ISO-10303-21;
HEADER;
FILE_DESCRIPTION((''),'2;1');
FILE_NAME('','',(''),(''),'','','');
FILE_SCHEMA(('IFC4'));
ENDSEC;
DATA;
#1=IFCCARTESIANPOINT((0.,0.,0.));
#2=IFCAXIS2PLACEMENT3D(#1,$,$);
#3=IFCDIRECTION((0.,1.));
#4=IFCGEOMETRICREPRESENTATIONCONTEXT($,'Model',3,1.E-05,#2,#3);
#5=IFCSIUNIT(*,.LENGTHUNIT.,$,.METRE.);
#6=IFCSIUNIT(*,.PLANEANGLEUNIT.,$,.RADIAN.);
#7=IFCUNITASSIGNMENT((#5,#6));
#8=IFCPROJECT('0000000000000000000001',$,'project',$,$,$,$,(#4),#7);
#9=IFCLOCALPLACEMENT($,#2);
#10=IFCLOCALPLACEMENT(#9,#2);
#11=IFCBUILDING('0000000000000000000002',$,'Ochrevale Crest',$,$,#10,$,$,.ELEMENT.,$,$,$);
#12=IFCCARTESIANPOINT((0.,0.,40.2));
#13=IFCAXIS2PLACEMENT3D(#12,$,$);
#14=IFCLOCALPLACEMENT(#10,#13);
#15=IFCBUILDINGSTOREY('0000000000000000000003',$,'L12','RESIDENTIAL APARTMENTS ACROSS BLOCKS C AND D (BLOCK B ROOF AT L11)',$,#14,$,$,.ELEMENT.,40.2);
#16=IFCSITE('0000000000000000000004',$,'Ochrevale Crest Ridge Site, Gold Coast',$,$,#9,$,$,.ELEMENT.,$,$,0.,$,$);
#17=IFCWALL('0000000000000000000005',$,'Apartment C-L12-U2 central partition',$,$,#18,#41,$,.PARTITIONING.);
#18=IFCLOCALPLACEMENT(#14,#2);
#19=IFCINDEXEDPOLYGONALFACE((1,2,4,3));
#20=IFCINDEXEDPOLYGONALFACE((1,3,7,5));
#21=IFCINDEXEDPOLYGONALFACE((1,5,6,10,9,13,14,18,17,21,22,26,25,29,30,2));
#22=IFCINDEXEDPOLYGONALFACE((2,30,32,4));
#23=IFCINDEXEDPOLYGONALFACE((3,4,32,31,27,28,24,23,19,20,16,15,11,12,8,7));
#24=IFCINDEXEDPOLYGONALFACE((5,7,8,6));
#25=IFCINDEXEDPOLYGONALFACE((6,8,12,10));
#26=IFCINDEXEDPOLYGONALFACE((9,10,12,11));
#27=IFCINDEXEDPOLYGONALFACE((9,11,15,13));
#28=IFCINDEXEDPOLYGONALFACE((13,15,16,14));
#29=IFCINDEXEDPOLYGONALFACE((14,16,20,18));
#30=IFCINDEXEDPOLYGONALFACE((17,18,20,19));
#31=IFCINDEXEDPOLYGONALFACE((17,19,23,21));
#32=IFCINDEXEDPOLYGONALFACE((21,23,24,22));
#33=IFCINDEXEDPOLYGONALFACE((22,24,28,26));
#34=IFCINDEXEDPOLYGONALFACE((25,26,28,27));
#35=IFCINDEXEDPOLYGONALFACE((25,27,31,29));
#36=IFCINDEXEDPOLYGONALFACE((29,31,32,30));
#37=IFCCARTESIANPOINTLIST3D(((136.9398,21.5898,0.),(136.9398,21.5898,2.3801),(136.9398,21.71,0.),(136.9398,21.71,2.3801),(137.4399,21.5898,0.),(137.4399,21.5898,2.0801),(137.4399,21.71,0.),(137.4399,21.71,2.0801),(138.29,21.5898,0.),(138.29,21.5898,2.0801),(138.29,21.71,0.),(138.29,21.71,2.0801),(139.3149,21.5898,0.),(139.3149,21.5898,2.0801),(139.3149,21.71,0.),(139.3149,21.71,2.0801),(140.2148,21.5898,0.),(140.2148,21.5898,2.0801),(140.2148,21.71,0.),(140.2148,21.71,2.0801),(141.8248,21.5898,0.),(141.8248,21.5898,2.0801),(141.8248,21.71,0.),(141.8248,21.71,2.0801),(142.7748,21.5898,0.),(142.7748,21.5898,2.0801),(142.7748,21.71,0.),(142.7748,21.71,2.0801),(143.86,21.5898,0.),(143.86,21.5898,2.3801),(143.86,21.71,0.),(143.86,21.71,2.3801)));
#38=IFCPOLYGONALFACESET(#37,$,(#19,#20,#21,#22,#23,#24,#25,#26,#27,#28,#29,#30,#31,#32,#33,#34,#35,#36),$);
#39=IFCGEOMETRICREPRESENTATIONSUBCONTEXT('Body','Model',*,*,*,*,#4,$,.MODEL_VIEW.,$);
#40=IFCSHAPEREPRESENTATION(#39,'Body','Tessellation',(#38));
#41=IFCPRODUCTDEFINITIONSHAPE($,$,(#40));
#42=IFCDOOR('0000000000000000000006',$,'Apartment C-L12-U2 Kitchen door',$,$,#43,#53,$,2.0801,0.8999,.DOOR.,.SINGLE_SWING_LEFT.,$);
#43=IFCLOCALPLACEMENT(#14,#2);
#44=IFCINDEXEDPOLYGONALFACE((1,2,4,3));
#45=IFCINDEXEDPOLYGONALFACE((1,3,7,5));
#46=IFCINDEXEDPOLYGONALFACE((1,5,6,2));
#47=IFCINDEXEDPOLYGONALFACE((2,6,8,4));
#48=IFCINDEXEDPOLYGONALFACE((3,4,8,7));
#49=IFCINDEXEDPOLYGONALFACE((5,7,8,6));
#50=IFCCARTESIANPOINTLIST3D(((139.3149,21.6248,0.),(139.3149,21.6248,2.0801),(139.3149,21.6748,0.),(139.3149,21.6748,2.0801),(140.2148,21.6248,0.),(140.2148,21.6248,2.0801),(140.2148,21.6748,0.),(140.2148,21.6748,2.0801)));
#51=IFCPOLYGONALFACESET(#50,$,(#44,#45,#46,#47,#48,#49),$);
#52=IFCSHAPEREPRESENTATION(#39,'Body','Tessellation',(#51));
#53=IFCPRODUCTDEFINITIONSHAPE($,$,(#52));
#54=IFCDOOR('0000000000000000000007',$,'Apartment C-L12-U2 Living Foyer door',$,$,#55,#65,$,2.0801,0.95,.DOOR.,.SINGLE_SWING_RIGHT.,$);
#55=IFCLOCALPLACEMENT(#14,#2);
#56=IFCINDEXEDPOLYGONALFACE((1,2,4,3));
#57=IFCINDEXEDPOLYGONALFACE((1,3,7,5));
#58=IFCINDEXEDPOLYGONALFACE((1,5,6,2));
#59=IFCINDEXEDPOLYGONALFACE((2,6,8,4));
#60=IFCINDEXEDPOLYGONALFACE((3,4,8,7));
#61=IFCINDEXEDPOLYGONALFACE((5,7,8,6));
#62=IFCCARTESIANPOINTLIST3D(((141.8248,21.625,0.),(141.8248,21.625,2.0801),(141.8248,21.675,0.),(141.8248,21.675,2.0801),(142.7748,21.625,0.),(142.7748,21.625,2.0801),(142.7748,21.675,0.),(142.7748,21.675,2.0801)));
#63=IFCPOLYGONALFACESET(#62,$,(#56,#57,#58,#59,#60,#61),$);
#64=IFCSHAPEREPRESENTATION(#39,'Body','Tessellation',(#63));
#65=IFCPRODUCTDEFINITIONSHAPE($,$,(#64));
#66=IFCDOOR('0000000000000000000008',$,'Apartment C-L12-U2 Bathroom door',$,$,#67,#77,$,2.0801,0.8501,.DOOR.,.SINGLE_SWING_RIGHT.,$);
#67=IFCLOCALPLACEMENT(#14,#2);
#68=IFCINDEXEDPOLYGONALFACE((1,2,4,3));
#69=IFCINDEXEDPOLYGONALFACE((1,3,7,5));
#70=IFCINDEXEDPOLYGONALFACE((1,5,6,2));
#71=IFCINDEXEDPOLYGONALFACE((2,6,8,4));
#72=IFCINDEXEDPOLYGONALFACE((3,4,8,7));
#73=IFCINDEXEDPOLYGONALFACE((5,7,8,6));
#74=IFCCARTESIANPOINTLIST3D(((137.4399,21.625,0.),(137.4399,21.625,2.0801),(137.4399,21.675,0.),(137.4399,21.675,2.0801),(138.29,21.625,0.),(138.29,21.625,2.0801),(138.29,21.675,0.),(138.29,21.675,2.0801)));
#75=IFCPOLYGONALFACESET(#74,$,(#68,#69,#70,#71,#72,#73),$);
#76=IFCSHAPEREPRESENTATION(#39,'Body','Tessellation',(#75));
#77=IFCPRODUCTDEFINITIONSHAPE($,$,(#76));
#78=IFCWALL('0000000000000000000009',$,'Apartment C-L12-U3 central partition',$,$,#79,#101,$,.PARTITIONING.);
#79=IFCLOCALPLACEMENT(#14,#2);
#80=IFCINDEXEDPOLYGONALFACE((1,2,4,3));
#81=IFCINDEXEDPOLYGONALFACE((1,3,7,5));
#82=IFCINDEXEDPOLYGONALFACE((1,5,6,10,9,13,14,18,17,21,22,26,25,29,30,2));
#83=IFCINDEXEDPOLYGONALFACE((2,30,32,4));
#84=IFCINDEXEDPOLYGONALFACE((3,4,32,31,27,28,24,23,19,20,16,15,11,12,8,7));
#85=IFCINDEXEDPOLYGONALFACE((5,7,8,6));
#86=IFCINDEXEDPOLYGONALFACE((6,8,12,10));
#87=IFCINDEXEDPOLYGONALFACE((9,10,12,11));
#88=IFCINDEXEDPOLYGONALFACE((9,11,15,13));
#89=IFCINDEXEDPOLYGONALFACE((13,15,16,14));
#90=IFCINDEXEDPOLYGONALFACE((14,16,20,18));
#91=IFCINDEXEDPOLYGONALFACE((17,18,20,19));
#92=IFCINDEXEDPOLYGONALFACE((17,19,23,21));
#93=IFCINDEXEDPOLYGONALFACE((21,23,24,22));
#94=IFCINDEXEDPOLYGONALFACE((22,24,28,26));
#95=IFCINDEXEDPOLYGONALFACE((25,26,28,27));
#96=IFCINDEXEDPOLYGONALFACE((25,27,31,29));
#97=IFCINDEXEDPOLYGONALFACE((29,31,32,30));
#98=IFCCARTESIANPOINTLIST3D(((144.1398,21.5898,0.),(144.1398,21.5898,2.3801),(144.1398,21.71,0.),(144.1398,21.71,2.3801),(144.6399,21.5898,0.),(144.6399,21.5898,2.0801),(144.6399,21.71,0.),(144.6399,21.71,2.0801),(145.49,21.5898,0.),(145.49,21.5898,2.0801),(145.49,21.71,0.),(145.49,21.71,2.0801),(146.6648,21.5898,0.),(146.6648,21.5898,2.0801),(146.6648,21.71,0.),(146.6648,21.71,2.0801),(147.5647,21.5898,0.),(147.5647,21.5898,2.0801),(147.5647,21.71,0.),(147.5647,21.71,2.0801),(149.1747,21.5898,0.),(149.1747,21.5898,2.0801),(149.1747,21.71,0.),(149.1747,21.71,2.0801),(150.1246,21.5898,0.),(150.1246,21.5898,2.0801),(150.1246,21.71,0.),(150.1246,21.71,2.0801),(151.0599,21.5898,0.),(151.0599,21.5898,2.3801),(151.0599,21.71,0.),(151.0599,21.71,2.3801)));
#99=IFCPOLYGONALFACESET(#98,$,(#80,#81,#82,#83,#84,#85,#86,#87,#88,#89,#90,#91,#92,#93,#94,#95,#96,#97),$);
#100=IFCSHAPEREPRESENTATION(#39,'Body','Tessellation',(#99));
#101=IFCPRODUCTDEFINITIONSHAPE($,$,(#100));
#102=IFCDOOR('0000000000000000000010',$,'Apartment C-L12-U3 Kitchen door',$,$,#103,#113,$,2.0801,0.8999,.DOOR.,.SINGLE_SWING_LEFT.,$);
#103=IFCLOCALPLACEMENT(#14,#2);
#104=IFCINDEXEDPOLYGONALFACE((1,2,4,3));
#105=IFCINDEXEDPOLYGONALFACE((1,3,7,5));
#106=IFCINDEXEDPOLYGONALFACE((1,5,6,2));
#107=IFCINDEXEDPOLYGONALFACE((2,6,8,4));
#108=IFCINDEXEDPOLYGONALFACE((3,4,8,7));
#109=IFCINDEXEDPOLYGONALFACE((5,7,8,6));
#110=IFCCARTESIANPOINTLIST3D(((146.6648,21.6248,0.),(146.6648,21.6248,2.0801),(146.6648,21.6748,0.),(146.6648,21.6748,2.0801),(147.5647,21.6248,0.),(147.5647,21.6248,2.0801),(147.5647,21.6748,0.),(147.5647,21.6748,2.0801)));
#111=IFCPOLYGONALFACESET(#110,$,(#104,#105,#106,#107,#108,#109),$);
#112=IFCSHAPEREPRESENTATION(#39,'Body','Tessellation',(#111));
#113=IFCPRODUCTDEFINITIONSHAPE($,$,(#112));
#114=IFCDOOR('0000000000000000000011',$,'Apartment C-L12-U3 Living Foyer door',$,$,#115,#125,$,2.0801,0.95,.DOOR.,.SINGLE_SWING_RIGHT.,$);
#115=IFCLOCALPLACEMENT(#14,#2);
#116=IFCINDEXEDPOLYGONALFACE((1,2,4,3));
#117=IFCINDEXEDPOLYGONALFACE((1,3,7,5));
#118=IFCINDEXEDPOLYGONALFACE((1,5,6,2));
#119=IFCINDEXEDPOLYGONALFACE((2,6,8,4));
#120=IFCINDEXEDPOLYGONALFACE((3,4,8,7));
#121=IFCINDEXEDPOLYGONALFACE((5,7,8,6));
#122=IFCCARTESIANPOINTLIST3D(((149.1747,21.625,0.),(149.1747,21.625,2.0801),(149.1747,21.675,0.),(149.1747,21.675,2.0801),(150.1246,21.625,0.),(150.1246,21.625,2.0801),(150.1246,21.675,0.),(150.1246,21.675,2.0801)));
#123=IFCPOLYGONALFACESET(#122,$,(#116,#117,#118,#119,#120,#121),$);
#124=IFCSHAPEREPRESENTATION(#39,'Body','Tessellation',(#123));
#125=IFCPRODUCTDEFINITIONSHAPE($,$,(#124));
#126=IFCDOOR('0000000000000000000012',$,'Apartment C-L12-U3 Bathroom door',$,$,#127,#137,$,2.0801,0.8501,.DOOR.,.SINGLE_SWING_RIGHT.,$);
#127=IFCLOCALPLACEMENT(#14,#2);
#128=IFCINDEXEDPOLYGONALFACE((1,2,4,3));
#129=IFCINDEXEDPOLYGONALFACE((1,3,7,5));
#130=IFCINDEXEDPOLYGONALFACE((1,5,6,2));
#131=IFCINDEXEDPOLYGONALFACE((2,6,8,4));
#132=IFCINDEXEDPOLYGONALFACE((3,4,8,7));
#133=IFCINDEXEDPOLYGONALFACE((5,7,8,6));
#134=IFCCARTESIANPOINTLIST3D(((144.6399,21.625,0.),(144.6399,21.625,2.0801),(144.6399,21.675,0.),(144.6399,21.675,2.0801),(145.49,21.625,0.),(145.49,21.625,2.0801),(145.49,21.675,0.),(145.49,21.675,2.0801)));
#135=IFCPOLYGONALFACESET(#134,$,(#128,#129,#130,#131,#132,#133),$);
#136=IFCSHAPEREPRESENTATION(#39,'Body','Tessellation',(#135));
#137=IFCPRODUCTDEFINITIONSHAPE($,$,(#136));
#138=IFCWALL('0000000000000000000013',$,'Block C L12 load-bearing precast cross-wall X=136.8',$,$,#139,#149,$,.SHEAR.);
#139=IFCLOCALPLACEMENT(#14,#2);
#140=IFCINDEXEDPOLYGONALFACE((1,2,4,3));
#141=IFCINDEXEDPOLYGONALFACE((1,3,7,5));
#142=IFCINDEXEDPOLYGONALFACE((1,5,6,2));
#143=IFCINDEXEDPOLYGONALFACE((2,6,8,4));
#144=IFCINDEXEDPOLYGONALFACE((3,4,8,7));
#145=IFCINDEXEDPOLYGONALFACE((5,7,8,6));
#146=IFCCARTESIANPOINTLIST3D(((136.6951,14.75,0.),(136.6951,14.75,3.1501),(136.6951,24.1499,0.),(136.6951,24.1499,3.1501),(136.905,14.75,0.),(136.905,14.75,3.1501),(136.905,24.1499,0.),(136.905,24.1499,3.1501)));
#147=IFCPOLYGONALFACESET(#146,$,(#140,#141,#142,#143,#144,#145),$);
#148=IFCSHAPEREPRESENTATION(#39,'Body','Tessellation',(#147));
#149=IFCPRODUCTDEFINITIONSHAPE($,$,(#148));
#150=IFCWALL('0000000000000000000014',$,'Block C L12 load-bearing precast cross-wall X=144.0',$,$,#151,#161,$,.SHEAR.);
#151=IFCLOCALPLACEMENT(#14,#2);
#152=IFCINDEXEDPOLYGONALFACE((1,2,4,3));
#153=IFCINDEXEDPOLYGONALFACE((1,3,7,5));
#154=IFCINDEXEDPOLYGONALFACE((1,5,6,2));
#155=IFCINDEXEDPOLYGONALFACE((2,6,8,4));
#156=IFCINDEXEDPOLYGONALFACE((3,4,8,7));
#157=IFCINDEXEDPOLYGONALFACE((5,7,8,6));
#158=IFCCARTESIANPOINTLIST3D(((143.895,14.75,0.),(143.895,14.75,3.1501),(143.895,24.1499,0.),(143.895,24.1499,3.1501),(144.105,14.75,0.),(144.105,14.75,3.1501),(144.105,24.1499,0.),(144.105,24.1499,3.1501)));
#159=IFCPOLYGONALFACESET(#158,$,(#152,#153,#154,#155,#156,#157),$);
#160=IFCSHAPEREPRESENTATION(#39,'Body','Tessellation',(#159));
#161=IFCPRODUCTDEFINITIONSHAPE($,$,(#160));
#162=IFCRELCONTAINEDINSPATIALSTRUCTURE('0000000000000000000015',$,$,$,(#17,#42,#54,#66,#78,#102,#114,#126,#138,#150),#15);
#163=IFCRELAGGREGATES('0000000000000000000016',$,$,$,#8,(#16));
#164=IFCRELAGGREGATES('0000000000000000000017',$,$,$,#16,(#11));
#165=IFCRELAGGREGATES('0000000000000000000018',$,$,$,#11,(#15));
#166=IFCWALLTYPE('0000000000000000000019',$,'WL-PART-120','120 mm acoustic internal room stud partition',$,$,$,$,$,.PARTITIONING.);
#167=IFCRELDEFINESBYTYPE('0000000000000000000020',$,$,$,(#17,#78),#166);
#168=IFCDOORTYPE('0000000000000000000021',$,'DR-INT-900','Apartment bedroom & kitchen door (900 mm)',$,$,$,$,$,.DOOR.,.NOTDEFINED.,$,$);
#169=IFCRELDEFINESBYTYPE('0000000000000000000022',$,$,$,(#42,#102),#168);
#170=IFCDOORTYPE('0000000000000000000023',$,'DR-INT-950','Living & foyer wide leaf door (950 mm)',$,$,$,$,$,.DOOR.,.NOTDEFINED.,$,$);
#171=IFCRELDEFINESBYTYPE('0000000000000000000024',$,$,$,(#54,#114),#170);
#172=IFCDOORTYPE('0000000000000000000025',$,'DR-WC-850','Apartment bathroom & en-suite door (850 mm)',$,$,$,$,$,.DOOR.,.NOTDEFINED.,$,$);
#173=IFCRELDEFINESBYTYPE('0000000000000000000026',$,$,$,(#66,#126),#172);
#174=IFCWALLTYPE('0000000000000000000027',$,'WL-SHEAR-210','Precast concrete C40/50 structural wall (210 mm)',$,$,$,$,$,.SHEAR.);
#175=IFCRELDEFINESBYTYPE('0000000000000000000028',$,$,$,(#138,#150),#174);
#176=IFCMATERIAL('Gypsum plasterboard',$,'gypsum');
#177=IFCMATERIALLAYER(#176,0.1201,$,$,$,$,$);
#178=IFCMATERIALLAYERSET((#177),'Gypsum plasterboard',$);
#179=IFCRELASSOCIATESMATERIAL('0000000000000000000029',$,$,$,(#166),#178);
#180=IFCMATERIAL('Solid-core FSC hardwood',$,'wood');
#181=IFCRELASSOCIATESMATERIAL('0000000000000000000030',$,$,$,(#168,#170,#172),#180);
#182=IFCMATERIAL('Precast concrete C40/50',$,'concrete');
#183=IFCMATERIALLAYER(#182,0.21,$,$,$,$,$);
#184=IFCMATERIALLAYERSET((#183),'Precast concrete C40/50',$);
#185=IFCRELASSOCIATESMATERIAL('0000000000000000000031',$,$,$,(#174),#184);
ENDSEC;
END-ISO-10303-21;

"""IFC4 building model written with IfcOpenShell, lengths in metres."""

from ifc_helpers import new_model, si_unit, direction, frame, frame_2d, origin, place, context, subcontext, project, spatial, rectangle, extrude, material, layer, layer_set, type_object, element, fill, save


model = new_model("IFC4")

# Units and contexts
model_context = context("Model", 3, precision=1e-05, world=origin(), true_north=direction((0.0, 1.0)))
body_context = subcontext(model_context, "Body", "Model", "MODEL_VIEW")
ifc_project = project(units=[si_unit("LENGTHUNIT", "METRE"), si_unit("PLANEANGLEUNIT", "RADIAN")], contexts=[model_context])

# Site, building, storey
site_placement = place(None, origin())
site = spatial("IfcSite", under=ifc_project, at=site_placement, Name="Ochrevale Crest Ridge Site, Gold Coast", CompositionType="ELEMENT", RefElevation=0.0)
building_placement = place(site_placement, origin())
building = spatial("IfcBuilding", under=site, at=building_placement, Name="Ochrevale Crest", CompositionType="ELEMENT")
storey_placement = place(building_placement, frame((0.0, 0.0, 40.2)))
storey = spatial("IfcBuildingStorey", under=building, at=storey_placement, Name="L12", Description="RESIDENTIAL APARTMENTS ACROSS BLOCKS C AND D (BLOCK B ROOF AT L11)", CompositionType="ELEMENT", Elevation=40.2)

# Shared definitions
ifc_material_1 = material(Name="Precast concrete C40/50", Category="concrete")

# Shared definitions
ifc_material_2 = material(Name="Gypsum plasterboard", Category="gypsum")
ifc_material_3 = material(Name="Solid-core FSC hardwood", Category="wood")

# Shared definitions
ifc_layer_1 = layer(ifc_material_2, 0.1201)
ifc_layer_set_1 = layer_set([ifc_layer_1], Name="Gypsum plasterboard")
wall_type_1 = type_object("IfcWallType", Name="WL-PART-120", Description="120 mm acoustic internal room stud partition", PredefinedType="PARTITIONING", material=ifc_layer_set_1)

# Walls, openings, doors
wall_1_placement = place(storey_placement, frame((136.9399, 21.6499, 0.0), z_axis=(0.0, 0.0, 1.0), x_axis=(1.0, 0.0, 0.0)))
wall_1 = element("IfcWall", 1, at=wall_1_placement, inside=storey, type_object=wall_type_1, Name="Apartment C-L12-U2 central partition", PredefinedType="PARTITIONING", context=body_context, shape_type="SweptSolid", body=[
    extrude(rectangle(XDim=6.9202, YDim=0.1201, at=frame_2d((3.46, 0.0))), origin(), (0.0, 0.0, 1.0), 2.3801),
])
opening_1_placement = place(wall_1_placement, frame((1.3501, 0.0, 0.0), z_axis=(0.0, 0.0, 1.0), x_axis=(-1.0, 0.0, 0.0)))
opening_1 = element("IfcOpeningElement", 2, at=opening_1_placement, cuts=wall_1, PredefinedType="OPENING", context=body_context, shape_type="SweptSolid", body=[
    extrude(rectangle(XDim=0.8501, YDim=2.0801, at=frame_2d((0.425, 1.04))), frame((0.0, 0.0701, 0.0), z_axis=(0.0, -1.0, 0.0), x_axis=(1.0, 0.0, 0.0)), (0.0, 0.0, 1.0), 0.1401),
])
opening_2_placement = place(wall_1_placement, frame((2.375, 0.0, 0.0)))
opening_2 = element("IfcOpeningElement", 3, at=opening_2_placement, cuts=wall_1, PredefinedType="OPENING", context=body_context, shape_type="SweptSolid", body=[
    extrude(rectangle(XDim=0.8999, YDim=2.0801, at=frame_2d((0.45, 1.04))), frame((0.0, 0.0701, 0.0), z_axis=(0.0, -1.0, 0.0), x_axis=(1.0, 0.0, 0.0)), (0.0, 0.0, 1.0), 0.1401),
])
opening_3_placement = place(wall_1_placement, frame((5.835, 0.0, 0.0), z_axis=(0.0, 0.0, 1.0), x_axis=(-1.0, 0.0, 0.0)))
opening_3 = element("IfcOpeningElement", 4, at=opening_3_placement, cuts=wall_1, PredefinedType="OPENING", context=body_context, shape_type="SweptSolid", body=[
    extrude(rectangle(XDim=0.95, YDim=2.0801, at=frame_2d((0.4751, 1.04))), frame((0.0, 0.0701, 0.0), z_axis=(0.0, -1.0, 0.0), x_axis=(1.0, 0.0, 0.0)), (0.0, 0.0, 1.0), 0.1401),
])
door_type_1 = type_object("IfcDoorType", Name="DR-INT-900", Description="Apartment bedroom & kitchen door (900 mm)", OperationType="NOTDEFINED", PredefinedType="DOOR", material=ifc_material_3)
door_1_placement = place(opening_2_placement, origin())
door_1 = element("IfcDoor", 5, at=door_1_placement, inside=storey, type_object=door_type_1, Name="Apartment C-L12-U2 Kitchen door", OperationType="SINGLE_SWING_LEFT", OverallHeight=2.0801, OverallWidth=0.8999, PredefinedType="DOOR", context=body_context, shape_type="SweptSolid", body=[
    extrude(rectangle(XDim=0.8999, YDim=2.0801, at=frame_2d((0.45, 1.04))), frame((0.0, 0.0249, 0.0), z_axis=(0.0, -1.0, 0.0), x_axis=(1.0, 0.0, 0.0)), (0.0, 0.0, 1.0), 0.05),
])
fill(opening_2, door_1)
door_type_2 = type_object("IfcDoorType", Name="DR-INT-950", Description="Living & foyer wide leaf door (950 mm)", OperationType="NOTDEFINED", PredefinedType="DOOR", material=ifc_material_3)
door_2_placement = place(opening_3_placement, origin())
door_2 = element("IfcDoor", 6, at=door_2_placement, inside=storey, type_object=door_type_2, Name="Apartment C-L12-U2 Living Foyer door", OperationType="SINGLE_SWING_RIGHT", OverallHeight=2.0801, OverallWidth=0.95, PredefinedType="DOOR", context=body_context, shape_type="SweptSolid", body=[
    extrude(rectangle(XDim=0.95, YDim=2.0801, at=frame_2d((0.4751, 1.04))), frame((0.0, 0.0249, 0.0), z_axis=(0.0, -1.0, 0.0), x_axis=(1.0, 0.0, 0.0)), (0.0, 0.0, 1.0), 0.05),
])
fill(opening_3, door_2)
door_type_3 = type_object("IfcDoorType", Name="DR-WC-850", Description="Apartment bathroom & en-suite door (850 mm)", OperationType="NOTDEFINED", PredefinedType="DOOR", material=ifc_material_3)
door_3_placement = place(opening_1_placement, origin())
door_3 = element("IfcDoor", 7, at=door_3_placement, inside=storey, type_object=door_type_3, Name="Apartment C-L12-U2 Bathroom door", OperationType="SINGLE_SWING_RIGHT", OverallHeight=2.0801, OverallWidth=0.8501, PredefinedType="DOOR", context=body_context, shape_type="SweptSolid", body=[
    extrude(rectangle(XDim=0.8501, YDim=2.0801, at=frame_2d((0.425, 1.04))), frame((0.0, 0.0249, 0.0), z_axis=(0.0, -1.0, 0.0), x_axis=(1.0, 0.0, 0.0)), (0.0, 0.0, 1.0), 0.05),
])
fill(opening_1, door_3)
wall_2_placement = place(storey_placement, frame((144.1399, 21.6499, 0.0), z_axis=(0.0, 0.0, 1.0), x_axis=(1.0, 0.0, 0.0)))
wall_2 = element("IfcWall", 8, at=wall_2_placement, inside=storey, type_object=wall_type_1, Name="Apartment C-L12-U3 central partition", PredefinedType="PARTITIONING", context=body_context, shape_type="SweptSolid", body=[
    extrude(rectangle(XDim=6.9202, YDim=0.1201, at=frame_2d((3.46, 0.0))), origin(), (0.0, 0.0, 1.0), 2.3801),
])
opening_4_placement = place(wall_2_placement, frame((1.3501, 0.0, 0.0), z_axis=(0.0, 0.0, 1.0), x_axis=(-1.0, 0.0, 0.0)))
opening_4 = element("IfcOpeningElement", 9, at=opening_4_placement, cuts=wall_2, PredefinedType="OPENING", context=body_context, shape_type="SweptSolid", body=[
    extrude(rectangle(XDim=0.8501, YDim=2.0801, at=frame_2d((0.425, 1.04))), frame((0.0, 0.0701, 0.0), z_axis=(0.0, -1.0, 0.0), x_axis=(1.0, 0.0, 0.0)), (0.0, 0.0, 1.0), 0.1401),
])
opening_5_placement = place(wall_2_placement, frame((2.5249, 0.0, 0.0)))
opening_5 = element("IfcOpeningElement", 10, at=opening_5_placement, cuts=wall_2, PredefinedType="OPENING", context=body_context, shape_type="SweptSolid", body=[
    extrude(rectangle(XDim=0.8999, YDim=2.0801, at=frame_2d((0.45, 1.04))), frame((0.0, 0.0701, 0.0), z_axis=(0.0, -1.0, 0.0), x_axis=(1.0, 0.0, 0.0)), (0.0, 0.0, 1.0), 0.1401),
])
opening_6_placement = place(wall_2_placement, frame((5.9849, 0.0, 0.0), z_axis=(0.0, 0.0, 1.0), x_axis=(-1.0, 0.0, 0.0)))
opening_6 = element("IfcOpeningElement", 11, at=opening_6_placement, cuts=wall_2, PredefinedType="OPENING", context=body_context, shape_type="SweptSolid", body=[
    extrude(rectangle(XDim=0.95, YDim=2.0801, at=frame_2d((0.4751, 1.04))), frame((0.0, 0.0701, 0.0), z_axis=(0.0, -1.0, 0.0), x_axis=(1.0, 0.0, 0.0)), (0.0, 0.0, 1.0), 0.1401),
])
door_4_placement = place(opening_5_placement, origin())
door_4 = element("IfcDoor", 12, at=door_4_placement, inside=storey, type_object=door_type_1, Name="Apartment C-L12-U3 Kitchen door", OperationType="SINGLE_SWING_LEFT", OverallHeight=2.0801, OverallWidth=0.8999, PredefinedType="DOOR", context=body_context, shape_type="SweptSolid", body=[
    extrude(rectangle(XDim=0.8999, YDim=2.0801, at=frame_2d((0.45, 1.04))), frame((0.0, 0.0249, 0.0), z_axis=(0.0, -1.0, 0.0), x_axis=(1.0, 0.0, 0.0)), (0.0, 0.0, 1.0), 0.05),
])
fill(opening_5, door_4)
door_5_placement = place(opening_6_placement, origin())
door_5 = element("IfcDoor", 13, at=door_5_placement, inside=storey, type_object=door_type_2, Name="Apartment C-L12-U3 Living Foyer door", OperationType="SINGLE_SWING_RIGHT", OverallHeight=2.0801, OverallWidth=0.95, PredefinedType="DOOR", context=body_context, shape_type="SweptSolid", body=[
    extrude(rectangle(XDim=0.95, YDim=2.0801, at=frame_2d((0.4751, 1.04))), frame((0.0, 0.0249, 0.0), z_axis=(0.0, -1.0, 0.0), x_axis=(1.0, 0.0, 0.0)), (0.0, 0.0, 1.0), 0.05),
])
fill(opening_6, door_5)
door_6_placement = place(opening_4_placement, origin())
door_6 = element("IfcDoor", 14, at=door_6_placement, inside=storey, type_object=door_type_3, Name="Apartment C-L12-U3 Bathroom door", OperationType="SINGLE_SWING_RIGHT", OverallHeight=2.0801, OverallWidth=0.8501, PredefinedType="DOOR", context=body_context, shape_type="SweptSolid", body=[
    extrude(rectangle(XDim=0.8501, YDim=2.0801, at=frame_2d((0.425, 1.04))), frame((0.0, 0.0249, 0.0), z_axis=(0.0, -1.0, 0.0), x_axis=(1.0, 0.0, 0.0)), (0.0, 0.0, 1.0), 0.05),
])
fill(opening_4, door_6)

# Walls
ifc_layer_2 = layer(ifc_material_1, 0.21)
ifc_layer_set_2 = layer_set([ifc_layer_2], Name="Precast concrete C40/50")
wall_type_2 = type_object("IfcWallType", Name="WL-SHEAR-210", Description="Precast concrete C40/50 structural wall (210 mm)", PredefinedType="SHEAR", material=ifc_layer_set_2)
for number, where, z_axis, x_axis, name in (
    (15, (136.8, 14.75, 0.0), (0.0, 0.0, 1.0), (0.0, 1.0, 0.0), "Block C L12 load-bearing precast cross-wall X=136.8"),
    (16, (144.0, 14.75, 0.0), (0.0, 0.0, 1.0), (0.0, 1.0, 0.0), "Block C L12 load-bearing precast cross-wall X=144.0"),
):
    element("IfcWall", number, at=place(storey_placement, frame(where, z_axis=z_axis, x_axis=x_axis)), inside=storey, type_object=wall_type_2, Name=name, PredefinedType="SHEAR", context=body_context, shape_type="SweptSolid", body=[
        extrude(rectangle(XDim=9.3999, YDim=0.21, at=frame_2d((4.7, 0.0))), origin(), (0.0, 0.0, 1.0), 3.1501),
    ])

save(model, "model.ifc")
